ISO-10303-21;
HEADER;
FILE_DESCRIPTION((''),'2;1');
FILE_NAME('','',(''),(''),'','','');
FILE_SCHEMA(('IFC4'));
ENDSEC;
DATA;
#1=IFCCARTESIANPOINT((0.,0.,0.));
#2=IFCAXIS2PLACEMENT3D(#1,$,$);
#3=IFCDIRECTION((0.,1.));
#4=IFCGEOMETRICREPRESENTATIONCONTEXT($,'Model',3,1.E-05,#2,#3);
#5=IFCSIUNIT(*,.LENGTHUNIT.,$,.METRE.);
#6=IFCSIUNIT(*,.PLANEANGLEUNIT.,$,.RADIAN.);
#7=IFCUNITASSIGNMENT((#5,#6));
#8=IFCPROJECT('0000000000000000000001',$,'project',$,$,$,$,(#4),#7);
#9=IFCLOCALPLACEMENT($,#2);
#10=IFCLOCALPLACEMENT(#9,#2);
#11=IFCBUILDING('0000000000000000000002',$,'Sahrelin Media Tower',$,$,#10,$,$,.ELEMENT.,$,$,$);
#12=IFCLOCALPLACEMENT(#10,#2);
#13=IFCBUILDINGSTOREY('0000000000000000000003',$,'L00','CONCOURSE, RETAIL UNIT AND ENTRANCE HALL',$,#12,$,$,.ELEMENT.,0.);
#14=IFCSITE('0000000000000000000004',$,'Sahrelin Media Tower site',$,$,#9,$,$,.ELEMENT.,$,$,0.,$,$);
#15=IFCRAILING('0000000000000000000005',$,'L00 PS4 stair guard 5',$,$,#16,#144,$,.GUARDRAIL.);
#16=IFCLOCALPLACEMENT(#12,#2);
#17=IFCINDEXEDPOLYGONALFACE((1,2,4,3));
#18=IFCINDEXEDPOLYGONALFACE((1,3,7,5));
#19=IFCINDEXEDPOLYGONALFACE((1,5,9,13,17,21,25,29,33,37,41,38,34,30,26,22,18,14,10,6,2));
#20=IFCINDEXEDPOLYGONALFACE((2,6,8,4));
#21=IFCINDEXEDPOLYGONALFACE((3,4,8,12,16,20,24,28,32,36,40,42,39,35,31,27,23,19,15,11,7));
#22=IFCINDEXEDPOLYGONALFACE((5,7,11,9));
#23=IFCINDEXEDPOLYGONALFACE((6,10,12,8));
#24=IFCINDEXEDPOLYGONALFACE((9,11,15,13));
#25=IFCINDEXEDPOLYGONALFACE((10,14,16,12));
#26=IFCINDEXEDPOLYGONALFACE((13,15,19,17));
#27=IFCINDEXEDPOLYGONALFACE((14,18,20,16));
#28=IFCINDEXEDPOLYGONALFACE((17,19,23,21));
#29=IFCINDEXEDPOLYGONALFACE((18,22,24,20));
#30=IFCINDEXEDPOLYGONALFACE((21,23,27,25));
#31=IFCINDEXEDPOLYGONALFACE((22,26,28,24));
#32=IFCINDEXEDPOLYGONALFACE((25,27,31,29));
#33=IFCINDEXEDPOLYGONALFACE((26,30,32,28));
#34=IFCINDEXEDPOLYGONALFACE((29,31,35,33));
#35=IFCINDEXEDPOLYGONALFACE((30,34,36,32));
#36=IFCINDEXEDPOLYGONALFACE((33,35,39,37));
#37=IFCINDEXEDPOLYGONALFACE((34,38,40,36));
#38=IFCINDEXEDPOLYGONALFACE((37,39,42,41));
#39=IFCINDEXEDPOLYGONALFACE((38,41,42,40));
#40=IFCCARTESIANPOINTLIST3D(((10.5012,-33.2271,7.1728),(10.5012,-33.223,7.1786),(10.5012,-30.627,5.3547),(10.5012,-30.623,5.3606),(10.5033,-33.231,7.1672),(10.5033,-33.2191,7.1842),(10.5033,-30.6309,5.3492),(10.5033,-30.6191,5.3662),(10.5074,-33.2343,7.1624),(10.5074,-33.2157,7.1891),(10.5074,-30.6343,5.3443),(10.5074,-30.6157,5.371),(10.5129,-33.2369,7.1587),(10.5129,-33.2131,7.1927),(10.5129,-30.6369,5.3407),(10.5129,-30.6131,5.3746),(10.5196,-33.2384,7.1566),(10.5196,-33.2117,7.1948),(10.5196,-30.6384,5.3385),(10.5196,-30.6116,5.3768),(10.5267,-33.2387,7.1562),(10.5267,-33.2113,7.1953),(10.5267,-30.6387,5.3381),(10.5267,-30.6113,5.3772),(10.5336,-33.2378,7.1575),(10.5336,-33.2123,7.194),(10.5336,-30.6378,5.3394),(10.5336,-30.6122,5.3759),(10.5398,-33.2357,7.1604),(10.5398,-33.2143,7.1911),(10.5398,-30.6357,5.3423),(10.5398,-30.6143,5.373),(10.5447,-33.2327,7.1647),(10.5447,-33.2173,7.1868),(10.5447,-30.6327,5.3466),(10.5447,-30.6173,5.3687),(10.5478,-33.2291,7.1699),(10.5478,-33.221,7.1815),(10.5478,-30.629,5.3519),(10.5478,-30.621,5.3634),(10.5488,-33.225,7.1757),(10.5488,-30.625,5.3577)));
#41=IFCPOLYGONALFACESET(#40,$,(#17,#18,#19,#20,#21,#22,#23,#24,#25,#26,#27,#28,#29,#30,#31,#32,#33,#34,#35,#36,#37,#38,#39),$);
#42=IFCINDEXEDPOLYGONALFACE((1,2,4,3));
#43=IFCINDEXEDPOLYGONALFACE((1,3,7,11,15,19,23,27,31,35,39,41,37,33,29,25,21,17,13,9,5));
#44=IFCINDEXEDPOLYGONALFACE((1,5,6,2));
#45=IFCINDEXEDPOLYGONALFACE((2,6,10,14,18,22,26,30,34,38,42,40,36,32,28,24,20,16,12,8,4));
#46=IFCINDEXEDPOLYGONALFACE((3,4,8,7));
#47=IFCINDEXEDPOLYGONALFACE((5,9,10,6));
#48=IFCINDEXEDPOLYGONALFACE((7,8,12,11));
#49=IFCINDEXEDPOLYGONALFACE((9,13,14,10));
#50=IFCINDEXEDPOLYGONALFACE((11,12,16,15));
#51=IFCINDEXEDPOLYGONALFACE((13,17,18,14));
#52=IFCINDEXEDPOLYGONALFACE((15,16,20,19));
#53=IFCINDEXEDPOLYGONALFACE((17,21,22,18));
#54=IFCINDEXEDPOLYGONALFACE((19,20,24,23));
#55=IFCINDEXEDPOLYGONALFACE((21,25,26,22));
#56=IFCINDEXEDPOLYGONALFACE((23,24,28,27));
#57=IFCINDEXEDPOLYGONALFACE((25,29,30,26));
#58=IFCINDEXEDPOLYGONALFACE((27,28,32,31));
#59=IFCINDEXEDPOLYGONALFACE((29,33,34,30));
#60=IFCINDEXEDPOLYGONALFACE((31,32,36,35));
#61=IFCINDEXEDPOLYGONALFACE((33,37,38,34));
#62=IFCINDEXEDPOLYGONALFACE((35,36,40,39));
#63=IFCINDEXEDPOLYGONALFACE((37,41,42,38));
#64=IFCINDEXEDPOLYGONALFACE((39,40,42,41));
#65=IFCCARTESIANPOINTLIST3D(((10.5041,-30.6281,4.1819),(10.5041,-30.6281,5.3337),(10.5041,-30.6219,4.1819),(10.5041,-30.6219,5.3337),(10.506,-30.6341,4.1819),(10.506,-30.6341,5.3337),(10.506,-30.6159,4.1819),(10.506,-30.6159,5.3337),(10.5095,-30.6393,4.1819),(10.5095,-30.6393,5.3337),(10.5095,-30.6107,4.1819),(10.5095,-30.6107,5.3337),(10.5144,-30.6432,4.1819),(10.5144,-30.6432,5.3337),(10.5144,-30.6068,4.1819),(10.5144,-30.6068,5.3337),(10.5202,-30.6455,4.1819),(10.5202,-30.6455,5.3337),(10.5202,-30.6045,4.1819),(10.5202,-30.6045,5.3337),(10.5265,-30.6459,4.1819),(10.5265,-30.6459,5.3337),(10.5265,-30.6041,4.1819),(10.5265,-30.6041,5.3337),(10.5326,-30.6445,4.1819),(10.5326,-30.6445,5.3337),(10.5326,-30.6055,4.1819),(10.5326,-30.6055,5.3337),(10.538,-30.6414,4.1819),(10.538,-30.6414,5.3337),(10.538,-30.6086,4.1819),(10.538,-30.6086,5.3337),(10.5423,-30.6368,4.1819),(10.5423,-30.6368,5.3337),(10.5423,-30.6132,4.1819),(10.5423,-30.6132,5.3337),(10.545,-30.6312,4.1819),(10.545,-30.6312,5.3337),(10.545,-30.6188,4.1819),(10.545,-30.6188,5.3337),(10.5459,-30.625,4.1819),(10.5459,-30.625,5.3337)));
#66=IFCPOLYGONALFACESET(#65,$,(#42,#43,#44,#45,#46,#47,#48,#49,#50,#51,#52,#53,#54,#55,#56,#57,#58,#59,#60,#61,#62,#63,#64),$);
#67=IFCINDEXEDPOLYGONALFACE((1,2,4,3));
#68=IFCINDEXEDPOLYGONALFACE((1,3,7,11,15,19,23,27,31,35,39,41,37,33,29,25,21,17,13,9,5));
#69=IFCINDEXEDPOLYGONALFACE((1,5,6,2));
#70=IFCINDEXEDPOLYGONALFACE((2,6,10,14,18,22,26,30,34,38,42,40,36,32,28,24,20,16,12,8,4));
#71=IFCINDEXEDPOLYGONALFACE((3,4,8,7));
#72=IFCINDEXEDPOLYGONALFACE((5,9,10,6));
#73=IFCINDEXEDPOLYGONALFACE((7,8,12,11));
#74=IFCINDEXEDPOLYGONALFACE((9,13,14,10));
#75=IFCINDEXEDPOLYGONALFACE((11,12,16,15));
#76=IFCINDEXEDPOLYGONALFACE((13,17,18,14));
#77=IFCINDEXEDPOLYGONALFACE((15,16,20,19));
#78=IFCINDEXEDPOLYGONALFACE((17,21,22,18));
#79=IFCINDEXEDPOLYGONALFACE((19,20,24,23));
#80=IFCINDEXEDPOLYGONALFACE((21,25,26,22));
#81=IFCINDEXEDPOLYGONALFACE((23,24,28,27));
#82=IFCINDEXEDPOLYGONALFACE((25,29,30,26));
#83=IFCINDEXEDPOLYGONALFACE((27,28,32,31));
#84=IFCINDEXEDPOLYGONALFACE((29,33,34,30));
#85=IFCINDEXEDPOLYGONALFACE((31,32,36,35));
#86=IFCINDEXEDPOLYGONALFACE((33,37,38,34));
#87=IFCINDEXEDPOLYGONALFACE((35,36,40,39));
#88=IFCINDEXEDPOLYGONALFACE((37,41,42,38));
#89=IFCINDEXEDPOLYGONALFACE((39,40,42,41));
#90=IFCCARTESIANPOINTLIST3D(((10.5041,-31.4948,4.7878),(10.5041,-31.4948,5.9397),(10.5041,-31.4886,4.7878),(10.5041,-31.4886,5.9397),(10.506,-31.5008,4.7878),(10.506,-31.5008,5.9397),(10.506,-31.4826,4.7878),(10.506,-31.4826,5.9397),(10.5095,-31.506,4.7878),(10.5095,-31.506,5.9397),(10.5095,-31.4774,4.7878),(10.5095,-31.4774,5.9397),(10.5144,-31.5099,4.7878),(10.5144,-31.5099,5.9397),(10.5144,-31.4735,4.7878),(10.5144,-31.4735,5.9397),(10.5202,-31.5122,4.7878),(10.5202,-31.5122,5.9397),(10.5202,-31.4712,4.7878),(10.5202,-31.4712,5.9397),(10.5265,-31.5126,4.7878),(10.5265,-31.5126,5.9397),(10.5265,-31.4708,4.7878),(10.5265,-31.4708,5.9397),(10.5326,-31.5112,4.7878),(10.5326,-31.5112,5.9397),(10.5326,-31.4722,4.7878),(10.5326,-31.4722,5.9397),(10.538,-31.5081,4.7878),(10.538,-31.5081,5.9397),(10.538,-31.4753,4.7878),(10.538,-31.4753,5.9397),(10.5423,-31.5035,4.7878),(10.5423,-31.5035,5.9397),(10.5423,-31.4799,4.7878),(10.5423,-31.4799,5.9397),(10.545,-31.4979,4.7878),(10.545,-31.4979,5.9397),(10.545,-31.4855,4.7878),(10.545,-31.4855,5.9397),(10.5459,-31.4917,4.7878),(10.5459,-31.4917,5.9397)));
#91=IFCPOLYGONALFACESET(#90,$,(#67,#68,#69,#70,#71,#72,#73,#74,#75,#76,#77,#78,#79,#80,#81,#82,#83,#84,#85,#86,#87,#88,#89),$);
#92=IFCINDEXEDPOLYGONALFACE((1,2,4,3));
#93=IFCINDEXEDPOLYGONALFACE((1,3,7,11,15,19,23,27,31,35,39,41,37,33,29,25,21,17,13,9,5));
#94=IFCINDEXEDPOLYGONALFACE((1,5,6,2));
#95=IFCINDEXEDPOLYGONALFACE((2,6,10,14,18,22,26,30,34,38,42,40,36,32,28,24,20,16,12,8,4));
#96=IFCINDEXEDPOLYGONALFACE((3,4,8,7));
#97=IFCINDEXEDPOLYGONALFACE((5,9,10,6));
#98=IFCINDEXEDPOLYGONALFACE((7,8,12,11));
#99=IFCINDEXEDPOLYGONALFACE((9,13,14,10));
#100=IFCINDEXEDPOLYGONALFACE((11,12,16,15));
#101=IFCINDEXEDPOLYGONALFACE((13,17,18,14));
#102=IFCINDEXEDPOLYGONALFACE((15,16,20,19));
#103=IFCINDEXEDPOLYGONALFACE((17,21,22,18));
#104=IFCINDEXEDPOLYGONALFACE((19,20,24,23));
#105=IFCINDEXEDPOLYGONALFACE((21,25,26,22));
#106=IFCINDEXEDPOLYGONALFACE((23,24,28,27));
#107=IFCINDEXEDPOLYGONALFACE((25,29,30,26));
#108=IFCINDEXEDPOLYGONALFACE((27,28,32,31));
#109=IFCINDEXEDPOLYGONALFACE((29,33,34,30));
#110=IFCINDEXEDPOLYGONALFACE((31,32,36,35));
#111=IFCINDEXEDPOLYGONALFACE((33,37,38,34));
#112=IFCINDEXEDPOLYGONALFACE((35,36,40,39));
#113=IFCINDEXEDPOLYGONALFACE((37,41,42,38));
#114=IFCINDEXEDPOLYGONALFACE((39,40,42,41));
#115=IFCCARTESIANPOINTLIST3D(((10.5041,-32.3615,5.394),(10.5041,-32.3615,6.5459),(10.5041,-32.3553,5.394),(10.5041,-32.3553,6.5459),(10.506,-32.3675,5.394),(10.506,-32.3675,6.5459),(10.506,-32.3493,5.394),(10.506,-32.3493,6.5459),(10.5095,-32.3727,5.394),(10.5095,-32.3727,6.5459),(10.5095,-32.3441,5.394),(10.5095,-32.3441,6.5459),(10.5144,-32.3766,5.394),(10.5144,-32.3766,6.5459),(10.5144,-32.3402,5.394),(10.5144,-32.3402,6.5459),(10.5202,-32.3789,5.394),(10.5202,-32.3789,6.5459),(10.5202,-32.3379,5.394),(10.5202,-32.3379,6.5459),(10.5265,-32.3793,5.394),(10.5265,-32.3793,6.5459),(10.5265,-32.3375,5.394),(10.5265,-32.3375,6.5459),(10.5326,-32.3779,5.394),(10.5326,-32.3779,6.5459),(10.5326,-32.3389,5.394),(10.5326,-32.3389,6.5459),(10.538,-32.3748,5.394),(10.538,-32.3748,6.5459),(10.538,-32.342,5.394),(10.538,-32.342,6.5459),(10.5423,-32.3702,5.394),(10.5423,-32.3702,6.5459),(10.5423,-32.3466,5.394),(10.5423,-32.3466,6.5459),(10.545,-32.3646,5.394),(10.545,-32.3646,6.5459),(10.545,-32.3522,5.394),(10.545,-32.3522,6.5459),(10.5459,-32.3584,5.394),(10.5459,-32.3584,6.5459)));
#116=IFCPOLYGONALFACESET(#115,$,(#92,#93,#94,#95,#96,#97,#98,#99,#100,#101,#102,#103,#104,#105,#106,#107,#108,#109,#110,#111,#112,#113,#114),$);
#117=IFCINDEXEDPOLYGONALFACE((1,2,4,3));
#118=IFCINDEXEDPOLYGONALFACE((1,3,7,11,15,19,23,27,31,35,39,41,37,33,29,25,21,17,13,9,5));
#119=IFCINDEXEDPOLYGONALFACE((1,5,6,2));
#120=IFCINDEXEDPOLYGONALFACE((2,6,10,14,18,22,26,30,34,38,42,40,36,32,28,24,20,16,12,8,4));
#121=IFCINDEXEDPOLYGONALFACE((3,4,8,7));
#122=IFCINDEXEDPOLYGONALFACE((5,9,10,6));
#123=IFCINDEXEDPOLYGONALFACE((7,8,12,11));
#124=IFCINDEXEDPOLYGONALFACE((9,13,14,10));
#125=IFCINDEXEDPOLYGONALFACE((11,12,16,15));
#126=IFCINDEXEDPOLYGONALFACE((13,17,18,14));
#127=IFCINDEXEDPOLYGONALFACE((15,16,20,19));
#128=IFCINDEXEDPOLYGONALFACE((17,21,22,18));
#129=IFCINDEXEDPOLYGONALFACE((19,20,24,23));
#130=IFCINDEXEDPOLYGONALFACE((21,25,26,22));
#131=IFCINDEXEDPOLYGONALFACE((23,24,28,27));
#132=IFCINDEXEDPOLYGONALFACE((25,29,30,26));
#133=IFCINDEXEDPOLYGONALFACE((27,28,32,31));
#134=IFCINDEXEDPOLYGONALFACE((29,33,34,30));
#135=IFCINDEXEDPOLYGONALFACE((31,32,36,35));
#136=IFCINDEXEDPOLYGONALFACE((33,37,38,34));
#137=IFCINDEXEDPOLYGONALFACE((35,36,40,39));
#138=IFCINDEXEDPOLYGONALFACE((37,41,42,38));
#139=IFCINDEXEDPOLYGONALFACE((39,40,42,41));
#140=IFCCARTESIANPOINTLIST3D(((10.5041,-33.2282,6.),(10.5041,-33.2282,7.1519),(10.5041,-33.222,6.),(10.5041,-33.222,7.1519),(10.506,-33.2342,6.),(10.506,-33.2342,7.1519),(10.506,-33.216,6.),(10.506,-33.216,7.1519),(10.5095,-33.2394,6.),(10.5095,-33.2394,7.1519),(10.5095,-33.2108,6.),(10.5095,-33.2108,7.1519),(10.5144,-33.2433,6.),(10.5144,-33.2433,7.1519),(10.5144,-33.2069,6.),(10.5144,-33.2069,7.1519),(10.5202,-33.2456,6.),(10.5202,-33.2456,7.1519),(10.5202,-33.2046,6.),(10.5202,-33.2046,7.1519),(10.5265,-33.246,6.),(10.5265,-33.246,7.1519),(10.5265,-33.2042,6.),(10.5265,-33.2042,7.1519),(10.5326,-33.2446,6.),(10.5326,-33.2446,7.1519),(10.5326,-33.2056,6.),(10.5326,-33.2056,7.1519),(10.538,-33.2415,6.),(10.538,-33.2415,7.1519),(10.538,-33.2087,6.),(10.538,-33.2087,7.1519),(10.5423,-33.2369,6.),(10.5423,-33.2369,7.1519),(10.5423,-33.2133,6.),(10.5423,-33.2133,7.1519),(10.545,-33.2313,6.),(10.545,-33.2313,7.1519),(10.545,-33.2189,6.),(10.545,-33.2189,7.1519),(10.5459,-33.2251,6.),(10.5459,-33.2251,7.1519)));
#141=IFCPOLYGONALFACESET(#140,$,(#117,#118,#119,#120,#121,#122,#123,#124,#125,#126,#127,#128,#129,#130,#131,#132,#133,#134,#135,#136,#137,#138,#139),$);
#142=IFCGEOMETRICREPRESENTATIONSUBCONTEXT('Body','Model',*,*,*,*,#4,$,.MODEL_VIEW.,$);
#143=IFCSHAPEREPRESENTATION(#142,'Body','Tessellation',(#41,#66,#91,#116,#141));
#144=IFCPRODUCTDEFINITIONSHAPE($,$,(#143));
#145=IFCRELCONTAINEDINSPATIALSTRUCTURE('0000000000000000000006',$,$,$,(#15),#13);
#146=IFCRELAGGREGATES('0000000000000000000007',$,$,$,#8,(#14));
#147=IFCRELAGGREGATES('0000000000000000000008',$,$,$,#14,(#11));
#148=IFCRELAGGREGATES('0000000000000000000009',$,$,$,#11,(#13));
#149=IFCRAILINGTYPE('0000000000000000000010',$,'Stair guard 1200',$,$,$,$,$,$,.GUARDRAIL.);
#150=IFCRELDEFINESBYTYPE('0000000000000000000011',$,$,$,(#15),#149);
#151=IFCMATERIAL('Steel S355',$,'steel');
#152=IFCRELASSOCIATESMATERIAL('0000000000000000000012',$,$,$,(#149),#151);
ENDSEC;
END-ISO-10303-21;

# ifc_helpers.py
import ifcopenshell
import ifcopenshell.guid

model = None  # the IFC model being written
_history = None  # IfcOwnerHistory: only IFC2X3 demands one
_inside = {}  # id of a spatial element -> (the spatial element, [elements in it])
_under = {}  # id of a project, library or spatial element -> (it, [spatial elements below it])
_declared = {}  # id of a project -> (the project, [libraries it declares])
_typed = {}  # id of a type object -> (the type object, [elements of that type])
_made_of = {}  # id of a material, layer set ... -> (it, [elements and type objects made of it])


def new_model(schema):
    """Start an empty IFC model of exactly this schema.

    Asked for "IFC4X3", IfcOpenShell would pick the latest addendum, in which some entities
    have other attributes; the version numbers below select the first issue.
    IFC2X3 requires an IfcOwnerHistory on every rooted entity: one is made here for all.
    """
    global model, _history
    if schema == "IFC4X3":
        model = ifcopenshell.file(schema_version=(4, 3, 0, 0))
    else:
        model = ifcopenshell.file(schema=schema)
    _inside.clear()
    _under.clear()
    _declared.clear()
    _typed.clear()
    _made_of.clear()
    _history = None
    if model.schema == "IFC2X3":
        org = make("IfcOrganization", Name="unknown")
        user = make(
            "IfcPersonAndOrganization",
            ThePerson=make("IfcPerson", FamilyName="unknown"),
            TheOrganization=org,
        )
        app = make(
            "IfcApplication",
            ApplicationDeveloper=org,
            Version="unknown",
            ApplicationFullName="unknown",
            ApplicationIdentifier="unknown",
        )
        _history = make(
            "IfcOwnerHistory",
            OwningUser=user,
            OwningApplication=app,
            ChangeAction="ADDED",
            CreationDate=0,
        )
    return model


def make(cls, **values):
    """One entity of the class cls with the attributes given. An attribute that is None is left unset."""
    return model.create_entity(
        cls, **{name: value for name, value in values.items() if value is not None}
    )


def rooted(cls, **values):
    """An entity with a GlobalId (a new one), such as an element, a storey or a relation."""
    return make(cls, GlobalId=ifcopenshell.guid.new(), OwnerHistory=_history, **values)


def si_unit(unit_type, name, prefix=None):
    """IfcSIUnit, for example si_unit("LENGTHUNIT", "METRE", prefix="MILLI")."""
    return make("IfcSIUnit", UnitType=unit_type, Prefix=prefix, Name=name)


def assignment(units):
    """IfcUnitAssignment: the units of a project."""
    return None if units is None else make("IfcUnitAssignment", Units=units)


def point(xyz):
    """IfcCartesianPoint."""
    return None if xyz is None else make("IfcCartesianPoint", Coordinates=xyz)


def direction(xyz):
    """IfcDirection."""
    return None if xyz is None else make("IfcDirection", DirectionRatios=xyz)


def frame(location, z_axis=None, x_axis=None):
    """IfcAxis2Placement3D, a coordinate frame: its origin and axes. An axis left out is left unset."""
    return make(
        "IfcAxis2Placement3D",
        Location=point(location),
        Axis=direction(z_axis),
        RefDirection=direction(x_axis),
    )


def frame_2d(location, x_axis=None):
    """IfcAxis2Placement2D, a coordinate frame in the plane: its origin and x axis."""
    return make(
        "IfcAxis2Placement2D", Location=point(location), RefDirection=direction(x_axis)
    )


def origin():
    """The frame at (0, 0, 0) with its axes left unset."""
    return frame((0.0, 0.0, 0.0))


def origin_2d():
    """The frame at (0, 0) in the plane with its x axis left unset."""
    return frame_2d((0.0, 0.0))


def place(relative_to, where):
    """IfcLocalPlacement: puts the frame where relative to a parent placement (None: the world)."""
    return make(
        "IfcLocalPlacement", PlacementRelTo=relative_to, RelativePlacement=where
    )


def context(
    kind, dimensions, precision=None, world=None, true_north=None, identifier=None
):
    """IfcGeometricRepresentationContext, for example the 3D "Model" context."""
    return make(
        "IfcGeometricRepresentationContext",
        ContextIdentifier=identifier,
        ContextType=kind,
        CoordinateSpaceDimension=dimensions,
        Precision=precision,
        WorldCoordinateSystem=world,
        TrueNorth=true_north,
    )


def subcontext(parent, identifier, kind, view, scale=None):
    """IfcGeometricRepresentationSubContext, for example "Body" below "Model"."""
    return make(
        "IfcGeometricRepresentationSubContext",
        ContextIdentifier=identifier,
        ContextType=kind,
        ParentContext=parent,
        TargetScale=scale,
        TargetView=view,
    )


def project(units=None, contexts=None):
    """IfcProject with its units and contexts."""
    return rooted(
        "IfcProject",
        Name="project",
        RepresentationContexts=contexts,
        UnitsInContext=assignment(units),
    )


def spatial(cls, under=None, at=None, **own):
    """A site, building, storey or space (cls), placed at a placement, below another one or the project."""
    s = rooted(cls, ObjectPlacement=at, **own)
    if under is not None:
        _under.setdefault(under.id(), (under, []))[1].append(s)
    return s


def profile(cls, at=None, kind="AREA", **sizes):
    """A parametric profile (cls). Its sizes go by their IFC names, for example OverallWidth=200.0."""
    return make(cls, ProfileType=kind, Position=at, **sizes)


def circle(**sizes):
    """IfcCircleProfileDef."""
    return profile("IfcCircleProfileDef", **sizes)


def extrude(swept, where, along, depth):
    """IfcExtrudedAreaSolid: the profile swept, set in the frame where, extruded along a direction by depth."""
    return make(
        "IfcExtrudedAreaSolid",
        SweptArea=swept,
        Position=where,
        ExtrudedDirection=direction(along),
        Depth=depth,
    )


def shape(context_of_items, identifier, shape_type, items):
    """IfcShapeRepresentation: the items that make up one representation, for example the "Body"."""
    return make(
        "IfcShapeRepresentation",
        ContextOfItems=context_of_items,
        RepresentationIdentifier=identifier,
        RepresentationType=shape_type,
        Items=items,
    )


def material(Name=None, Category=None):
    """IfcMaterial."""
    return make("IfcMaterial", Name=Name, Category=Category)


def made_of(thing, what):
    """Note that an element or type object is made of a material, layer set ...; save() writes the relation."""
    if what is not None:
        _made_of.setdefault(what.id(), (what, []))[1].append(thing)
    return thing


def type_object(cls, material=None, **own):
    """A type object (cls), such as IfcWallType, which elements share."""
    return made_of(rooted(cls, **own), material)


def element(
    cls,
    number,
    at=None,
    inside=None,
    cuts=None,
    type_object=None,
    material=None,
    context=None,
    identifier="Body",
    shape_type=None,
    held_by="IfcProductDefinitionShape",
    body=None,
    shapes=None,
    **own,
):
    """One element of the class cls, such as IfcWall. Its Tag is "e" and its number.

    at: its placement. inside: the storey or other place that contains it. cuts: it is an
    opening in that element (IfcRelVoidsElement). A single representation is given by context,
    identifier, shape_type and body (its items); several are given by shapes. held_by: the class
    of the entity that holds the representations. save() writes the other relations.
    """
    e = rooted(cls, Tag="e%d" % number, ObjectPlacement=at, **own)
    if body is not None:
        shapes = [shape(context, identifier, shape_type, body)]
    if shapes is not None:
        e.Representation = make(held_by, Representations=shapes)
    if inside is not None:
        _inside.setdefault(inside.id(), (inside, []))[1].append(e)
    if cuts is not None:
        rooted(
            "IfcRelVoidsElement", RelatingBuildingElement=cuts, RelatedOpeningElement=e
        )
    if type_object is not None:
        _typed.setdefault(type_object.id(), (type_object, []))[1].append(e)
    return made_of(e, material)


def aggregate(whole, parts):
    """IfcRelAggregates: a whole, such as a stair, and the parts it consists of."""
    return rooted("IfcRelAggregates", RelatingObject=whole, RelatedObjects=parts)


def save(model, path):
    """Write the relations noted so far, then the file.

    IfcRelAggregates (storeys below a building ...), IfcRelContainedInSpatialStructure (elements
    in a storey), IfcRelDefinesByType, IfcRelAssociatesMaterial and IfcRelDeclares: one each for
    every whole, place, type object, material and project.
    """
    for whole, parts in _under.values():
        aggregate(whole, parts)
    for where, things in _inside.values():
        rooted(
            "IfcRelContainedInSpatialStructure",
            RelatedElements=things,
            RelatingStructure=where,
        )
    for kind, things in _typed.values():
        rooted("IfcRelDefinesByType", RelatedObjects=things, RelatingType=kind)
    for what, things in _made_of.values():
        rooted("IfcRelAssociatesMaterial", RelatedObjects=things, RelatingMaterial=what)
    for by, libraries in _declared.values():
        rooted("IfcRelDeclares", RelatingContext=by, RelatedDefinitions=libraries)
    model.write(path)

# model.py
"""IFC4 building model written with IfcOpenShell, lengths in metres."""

from ifc_helpers import new_model, si_unit, direction, frame, origin, origin_2d, place, context, subcontext, project, spatial, circle, extrude, material, type_object, element, save


model = new_model("IFC4")

# Units and contexts
model_context = context("Model", 3, precision=1e-05, world=origin(), true_north=direction((0.0, 1.0)))
body_context = subcontext(model_context, "Body", "Model", "MODEL_VIEW")
ifc_project = project(units=[si_unit("LENGTHUNIT", "METRE"), si_unit("PLANEANGLEUNIT", "RADIAN")], contexts=[model_context])

# Site, building, storey
site_placement = place(None, origin())
site = spatial("IfcSite", under=ifc_project, at=site_placement, Name="Sahrelin Media Tower site", CompositionType="ELEMENT", RefElevation=0.0)
building_placement = place(site_placement, origin())
building = spatial("IfcBuilding", under=site, at=building_placement, Name="Sahrelin Media Tower", CompositionType="ELEMENT")
storey_placement = place(building_placement, origin())
storey = spatial("IfcBuildingStorey", under=building, at=storey_placement, Name="L00", Description="CONCOURSE, RETAIL UNIT AND ENTRANCE HALL", CompositionType="ELEMENT", Elevation=0.0)

# Shared definitions
ifc_material_1 = material(Name="Steel S355", Category="steel")

# Railing
railing_type_1 = type_object("IfcRailingType", Name="Stair guard 1200", PredefinedType="GUARDRAIL", material=ifc_material_1)
railing_1_placement = place(storey_placement, frame((10.5249, -30.625, 4.1819)))
element("IfcRailing", 1, at=railing_1_placement, inside=storey, type_object=railing_type_1, Name="L00 PS4 stair guard 5", PredefinedType="GUARDRAIL", context=body_context, shape_type="SweptSolid", body=[
    extrude(circle(Radius=0.0239, at=origin_2d()), frame((0.0, 0.0, 1.1758), z_axis=(0.0, -0.819521, 0.573049), x_axis=(1.0, 0.0, 0.0)), (0.0, 0.0, 1.0), 3.1726),
    extrude(circle(Radius=0.021, at=origin_2d()), origin(), (0.0, 0.0, 1.0), 1.1519),
    extrude(circle(Radius=0.021, at=origin_2d()), frame((0.0, -0.8667, 0.606)), (0.0, 0.0, 1.0), 1.1519),
    extrude(circle(Radius=0.021, at=origin_2d()), frame((0.0, -1.7334, 1.2122)), (0.0, 0.0, 1.0), 1.1519),
    extrude(circle(Radius=0.021, at=origin_2d()), frame((0.0, -2.6001, 1.8181)), (0.0, 0.0, 1.0), 1.1519),
])

save(model, "model.ifc")
